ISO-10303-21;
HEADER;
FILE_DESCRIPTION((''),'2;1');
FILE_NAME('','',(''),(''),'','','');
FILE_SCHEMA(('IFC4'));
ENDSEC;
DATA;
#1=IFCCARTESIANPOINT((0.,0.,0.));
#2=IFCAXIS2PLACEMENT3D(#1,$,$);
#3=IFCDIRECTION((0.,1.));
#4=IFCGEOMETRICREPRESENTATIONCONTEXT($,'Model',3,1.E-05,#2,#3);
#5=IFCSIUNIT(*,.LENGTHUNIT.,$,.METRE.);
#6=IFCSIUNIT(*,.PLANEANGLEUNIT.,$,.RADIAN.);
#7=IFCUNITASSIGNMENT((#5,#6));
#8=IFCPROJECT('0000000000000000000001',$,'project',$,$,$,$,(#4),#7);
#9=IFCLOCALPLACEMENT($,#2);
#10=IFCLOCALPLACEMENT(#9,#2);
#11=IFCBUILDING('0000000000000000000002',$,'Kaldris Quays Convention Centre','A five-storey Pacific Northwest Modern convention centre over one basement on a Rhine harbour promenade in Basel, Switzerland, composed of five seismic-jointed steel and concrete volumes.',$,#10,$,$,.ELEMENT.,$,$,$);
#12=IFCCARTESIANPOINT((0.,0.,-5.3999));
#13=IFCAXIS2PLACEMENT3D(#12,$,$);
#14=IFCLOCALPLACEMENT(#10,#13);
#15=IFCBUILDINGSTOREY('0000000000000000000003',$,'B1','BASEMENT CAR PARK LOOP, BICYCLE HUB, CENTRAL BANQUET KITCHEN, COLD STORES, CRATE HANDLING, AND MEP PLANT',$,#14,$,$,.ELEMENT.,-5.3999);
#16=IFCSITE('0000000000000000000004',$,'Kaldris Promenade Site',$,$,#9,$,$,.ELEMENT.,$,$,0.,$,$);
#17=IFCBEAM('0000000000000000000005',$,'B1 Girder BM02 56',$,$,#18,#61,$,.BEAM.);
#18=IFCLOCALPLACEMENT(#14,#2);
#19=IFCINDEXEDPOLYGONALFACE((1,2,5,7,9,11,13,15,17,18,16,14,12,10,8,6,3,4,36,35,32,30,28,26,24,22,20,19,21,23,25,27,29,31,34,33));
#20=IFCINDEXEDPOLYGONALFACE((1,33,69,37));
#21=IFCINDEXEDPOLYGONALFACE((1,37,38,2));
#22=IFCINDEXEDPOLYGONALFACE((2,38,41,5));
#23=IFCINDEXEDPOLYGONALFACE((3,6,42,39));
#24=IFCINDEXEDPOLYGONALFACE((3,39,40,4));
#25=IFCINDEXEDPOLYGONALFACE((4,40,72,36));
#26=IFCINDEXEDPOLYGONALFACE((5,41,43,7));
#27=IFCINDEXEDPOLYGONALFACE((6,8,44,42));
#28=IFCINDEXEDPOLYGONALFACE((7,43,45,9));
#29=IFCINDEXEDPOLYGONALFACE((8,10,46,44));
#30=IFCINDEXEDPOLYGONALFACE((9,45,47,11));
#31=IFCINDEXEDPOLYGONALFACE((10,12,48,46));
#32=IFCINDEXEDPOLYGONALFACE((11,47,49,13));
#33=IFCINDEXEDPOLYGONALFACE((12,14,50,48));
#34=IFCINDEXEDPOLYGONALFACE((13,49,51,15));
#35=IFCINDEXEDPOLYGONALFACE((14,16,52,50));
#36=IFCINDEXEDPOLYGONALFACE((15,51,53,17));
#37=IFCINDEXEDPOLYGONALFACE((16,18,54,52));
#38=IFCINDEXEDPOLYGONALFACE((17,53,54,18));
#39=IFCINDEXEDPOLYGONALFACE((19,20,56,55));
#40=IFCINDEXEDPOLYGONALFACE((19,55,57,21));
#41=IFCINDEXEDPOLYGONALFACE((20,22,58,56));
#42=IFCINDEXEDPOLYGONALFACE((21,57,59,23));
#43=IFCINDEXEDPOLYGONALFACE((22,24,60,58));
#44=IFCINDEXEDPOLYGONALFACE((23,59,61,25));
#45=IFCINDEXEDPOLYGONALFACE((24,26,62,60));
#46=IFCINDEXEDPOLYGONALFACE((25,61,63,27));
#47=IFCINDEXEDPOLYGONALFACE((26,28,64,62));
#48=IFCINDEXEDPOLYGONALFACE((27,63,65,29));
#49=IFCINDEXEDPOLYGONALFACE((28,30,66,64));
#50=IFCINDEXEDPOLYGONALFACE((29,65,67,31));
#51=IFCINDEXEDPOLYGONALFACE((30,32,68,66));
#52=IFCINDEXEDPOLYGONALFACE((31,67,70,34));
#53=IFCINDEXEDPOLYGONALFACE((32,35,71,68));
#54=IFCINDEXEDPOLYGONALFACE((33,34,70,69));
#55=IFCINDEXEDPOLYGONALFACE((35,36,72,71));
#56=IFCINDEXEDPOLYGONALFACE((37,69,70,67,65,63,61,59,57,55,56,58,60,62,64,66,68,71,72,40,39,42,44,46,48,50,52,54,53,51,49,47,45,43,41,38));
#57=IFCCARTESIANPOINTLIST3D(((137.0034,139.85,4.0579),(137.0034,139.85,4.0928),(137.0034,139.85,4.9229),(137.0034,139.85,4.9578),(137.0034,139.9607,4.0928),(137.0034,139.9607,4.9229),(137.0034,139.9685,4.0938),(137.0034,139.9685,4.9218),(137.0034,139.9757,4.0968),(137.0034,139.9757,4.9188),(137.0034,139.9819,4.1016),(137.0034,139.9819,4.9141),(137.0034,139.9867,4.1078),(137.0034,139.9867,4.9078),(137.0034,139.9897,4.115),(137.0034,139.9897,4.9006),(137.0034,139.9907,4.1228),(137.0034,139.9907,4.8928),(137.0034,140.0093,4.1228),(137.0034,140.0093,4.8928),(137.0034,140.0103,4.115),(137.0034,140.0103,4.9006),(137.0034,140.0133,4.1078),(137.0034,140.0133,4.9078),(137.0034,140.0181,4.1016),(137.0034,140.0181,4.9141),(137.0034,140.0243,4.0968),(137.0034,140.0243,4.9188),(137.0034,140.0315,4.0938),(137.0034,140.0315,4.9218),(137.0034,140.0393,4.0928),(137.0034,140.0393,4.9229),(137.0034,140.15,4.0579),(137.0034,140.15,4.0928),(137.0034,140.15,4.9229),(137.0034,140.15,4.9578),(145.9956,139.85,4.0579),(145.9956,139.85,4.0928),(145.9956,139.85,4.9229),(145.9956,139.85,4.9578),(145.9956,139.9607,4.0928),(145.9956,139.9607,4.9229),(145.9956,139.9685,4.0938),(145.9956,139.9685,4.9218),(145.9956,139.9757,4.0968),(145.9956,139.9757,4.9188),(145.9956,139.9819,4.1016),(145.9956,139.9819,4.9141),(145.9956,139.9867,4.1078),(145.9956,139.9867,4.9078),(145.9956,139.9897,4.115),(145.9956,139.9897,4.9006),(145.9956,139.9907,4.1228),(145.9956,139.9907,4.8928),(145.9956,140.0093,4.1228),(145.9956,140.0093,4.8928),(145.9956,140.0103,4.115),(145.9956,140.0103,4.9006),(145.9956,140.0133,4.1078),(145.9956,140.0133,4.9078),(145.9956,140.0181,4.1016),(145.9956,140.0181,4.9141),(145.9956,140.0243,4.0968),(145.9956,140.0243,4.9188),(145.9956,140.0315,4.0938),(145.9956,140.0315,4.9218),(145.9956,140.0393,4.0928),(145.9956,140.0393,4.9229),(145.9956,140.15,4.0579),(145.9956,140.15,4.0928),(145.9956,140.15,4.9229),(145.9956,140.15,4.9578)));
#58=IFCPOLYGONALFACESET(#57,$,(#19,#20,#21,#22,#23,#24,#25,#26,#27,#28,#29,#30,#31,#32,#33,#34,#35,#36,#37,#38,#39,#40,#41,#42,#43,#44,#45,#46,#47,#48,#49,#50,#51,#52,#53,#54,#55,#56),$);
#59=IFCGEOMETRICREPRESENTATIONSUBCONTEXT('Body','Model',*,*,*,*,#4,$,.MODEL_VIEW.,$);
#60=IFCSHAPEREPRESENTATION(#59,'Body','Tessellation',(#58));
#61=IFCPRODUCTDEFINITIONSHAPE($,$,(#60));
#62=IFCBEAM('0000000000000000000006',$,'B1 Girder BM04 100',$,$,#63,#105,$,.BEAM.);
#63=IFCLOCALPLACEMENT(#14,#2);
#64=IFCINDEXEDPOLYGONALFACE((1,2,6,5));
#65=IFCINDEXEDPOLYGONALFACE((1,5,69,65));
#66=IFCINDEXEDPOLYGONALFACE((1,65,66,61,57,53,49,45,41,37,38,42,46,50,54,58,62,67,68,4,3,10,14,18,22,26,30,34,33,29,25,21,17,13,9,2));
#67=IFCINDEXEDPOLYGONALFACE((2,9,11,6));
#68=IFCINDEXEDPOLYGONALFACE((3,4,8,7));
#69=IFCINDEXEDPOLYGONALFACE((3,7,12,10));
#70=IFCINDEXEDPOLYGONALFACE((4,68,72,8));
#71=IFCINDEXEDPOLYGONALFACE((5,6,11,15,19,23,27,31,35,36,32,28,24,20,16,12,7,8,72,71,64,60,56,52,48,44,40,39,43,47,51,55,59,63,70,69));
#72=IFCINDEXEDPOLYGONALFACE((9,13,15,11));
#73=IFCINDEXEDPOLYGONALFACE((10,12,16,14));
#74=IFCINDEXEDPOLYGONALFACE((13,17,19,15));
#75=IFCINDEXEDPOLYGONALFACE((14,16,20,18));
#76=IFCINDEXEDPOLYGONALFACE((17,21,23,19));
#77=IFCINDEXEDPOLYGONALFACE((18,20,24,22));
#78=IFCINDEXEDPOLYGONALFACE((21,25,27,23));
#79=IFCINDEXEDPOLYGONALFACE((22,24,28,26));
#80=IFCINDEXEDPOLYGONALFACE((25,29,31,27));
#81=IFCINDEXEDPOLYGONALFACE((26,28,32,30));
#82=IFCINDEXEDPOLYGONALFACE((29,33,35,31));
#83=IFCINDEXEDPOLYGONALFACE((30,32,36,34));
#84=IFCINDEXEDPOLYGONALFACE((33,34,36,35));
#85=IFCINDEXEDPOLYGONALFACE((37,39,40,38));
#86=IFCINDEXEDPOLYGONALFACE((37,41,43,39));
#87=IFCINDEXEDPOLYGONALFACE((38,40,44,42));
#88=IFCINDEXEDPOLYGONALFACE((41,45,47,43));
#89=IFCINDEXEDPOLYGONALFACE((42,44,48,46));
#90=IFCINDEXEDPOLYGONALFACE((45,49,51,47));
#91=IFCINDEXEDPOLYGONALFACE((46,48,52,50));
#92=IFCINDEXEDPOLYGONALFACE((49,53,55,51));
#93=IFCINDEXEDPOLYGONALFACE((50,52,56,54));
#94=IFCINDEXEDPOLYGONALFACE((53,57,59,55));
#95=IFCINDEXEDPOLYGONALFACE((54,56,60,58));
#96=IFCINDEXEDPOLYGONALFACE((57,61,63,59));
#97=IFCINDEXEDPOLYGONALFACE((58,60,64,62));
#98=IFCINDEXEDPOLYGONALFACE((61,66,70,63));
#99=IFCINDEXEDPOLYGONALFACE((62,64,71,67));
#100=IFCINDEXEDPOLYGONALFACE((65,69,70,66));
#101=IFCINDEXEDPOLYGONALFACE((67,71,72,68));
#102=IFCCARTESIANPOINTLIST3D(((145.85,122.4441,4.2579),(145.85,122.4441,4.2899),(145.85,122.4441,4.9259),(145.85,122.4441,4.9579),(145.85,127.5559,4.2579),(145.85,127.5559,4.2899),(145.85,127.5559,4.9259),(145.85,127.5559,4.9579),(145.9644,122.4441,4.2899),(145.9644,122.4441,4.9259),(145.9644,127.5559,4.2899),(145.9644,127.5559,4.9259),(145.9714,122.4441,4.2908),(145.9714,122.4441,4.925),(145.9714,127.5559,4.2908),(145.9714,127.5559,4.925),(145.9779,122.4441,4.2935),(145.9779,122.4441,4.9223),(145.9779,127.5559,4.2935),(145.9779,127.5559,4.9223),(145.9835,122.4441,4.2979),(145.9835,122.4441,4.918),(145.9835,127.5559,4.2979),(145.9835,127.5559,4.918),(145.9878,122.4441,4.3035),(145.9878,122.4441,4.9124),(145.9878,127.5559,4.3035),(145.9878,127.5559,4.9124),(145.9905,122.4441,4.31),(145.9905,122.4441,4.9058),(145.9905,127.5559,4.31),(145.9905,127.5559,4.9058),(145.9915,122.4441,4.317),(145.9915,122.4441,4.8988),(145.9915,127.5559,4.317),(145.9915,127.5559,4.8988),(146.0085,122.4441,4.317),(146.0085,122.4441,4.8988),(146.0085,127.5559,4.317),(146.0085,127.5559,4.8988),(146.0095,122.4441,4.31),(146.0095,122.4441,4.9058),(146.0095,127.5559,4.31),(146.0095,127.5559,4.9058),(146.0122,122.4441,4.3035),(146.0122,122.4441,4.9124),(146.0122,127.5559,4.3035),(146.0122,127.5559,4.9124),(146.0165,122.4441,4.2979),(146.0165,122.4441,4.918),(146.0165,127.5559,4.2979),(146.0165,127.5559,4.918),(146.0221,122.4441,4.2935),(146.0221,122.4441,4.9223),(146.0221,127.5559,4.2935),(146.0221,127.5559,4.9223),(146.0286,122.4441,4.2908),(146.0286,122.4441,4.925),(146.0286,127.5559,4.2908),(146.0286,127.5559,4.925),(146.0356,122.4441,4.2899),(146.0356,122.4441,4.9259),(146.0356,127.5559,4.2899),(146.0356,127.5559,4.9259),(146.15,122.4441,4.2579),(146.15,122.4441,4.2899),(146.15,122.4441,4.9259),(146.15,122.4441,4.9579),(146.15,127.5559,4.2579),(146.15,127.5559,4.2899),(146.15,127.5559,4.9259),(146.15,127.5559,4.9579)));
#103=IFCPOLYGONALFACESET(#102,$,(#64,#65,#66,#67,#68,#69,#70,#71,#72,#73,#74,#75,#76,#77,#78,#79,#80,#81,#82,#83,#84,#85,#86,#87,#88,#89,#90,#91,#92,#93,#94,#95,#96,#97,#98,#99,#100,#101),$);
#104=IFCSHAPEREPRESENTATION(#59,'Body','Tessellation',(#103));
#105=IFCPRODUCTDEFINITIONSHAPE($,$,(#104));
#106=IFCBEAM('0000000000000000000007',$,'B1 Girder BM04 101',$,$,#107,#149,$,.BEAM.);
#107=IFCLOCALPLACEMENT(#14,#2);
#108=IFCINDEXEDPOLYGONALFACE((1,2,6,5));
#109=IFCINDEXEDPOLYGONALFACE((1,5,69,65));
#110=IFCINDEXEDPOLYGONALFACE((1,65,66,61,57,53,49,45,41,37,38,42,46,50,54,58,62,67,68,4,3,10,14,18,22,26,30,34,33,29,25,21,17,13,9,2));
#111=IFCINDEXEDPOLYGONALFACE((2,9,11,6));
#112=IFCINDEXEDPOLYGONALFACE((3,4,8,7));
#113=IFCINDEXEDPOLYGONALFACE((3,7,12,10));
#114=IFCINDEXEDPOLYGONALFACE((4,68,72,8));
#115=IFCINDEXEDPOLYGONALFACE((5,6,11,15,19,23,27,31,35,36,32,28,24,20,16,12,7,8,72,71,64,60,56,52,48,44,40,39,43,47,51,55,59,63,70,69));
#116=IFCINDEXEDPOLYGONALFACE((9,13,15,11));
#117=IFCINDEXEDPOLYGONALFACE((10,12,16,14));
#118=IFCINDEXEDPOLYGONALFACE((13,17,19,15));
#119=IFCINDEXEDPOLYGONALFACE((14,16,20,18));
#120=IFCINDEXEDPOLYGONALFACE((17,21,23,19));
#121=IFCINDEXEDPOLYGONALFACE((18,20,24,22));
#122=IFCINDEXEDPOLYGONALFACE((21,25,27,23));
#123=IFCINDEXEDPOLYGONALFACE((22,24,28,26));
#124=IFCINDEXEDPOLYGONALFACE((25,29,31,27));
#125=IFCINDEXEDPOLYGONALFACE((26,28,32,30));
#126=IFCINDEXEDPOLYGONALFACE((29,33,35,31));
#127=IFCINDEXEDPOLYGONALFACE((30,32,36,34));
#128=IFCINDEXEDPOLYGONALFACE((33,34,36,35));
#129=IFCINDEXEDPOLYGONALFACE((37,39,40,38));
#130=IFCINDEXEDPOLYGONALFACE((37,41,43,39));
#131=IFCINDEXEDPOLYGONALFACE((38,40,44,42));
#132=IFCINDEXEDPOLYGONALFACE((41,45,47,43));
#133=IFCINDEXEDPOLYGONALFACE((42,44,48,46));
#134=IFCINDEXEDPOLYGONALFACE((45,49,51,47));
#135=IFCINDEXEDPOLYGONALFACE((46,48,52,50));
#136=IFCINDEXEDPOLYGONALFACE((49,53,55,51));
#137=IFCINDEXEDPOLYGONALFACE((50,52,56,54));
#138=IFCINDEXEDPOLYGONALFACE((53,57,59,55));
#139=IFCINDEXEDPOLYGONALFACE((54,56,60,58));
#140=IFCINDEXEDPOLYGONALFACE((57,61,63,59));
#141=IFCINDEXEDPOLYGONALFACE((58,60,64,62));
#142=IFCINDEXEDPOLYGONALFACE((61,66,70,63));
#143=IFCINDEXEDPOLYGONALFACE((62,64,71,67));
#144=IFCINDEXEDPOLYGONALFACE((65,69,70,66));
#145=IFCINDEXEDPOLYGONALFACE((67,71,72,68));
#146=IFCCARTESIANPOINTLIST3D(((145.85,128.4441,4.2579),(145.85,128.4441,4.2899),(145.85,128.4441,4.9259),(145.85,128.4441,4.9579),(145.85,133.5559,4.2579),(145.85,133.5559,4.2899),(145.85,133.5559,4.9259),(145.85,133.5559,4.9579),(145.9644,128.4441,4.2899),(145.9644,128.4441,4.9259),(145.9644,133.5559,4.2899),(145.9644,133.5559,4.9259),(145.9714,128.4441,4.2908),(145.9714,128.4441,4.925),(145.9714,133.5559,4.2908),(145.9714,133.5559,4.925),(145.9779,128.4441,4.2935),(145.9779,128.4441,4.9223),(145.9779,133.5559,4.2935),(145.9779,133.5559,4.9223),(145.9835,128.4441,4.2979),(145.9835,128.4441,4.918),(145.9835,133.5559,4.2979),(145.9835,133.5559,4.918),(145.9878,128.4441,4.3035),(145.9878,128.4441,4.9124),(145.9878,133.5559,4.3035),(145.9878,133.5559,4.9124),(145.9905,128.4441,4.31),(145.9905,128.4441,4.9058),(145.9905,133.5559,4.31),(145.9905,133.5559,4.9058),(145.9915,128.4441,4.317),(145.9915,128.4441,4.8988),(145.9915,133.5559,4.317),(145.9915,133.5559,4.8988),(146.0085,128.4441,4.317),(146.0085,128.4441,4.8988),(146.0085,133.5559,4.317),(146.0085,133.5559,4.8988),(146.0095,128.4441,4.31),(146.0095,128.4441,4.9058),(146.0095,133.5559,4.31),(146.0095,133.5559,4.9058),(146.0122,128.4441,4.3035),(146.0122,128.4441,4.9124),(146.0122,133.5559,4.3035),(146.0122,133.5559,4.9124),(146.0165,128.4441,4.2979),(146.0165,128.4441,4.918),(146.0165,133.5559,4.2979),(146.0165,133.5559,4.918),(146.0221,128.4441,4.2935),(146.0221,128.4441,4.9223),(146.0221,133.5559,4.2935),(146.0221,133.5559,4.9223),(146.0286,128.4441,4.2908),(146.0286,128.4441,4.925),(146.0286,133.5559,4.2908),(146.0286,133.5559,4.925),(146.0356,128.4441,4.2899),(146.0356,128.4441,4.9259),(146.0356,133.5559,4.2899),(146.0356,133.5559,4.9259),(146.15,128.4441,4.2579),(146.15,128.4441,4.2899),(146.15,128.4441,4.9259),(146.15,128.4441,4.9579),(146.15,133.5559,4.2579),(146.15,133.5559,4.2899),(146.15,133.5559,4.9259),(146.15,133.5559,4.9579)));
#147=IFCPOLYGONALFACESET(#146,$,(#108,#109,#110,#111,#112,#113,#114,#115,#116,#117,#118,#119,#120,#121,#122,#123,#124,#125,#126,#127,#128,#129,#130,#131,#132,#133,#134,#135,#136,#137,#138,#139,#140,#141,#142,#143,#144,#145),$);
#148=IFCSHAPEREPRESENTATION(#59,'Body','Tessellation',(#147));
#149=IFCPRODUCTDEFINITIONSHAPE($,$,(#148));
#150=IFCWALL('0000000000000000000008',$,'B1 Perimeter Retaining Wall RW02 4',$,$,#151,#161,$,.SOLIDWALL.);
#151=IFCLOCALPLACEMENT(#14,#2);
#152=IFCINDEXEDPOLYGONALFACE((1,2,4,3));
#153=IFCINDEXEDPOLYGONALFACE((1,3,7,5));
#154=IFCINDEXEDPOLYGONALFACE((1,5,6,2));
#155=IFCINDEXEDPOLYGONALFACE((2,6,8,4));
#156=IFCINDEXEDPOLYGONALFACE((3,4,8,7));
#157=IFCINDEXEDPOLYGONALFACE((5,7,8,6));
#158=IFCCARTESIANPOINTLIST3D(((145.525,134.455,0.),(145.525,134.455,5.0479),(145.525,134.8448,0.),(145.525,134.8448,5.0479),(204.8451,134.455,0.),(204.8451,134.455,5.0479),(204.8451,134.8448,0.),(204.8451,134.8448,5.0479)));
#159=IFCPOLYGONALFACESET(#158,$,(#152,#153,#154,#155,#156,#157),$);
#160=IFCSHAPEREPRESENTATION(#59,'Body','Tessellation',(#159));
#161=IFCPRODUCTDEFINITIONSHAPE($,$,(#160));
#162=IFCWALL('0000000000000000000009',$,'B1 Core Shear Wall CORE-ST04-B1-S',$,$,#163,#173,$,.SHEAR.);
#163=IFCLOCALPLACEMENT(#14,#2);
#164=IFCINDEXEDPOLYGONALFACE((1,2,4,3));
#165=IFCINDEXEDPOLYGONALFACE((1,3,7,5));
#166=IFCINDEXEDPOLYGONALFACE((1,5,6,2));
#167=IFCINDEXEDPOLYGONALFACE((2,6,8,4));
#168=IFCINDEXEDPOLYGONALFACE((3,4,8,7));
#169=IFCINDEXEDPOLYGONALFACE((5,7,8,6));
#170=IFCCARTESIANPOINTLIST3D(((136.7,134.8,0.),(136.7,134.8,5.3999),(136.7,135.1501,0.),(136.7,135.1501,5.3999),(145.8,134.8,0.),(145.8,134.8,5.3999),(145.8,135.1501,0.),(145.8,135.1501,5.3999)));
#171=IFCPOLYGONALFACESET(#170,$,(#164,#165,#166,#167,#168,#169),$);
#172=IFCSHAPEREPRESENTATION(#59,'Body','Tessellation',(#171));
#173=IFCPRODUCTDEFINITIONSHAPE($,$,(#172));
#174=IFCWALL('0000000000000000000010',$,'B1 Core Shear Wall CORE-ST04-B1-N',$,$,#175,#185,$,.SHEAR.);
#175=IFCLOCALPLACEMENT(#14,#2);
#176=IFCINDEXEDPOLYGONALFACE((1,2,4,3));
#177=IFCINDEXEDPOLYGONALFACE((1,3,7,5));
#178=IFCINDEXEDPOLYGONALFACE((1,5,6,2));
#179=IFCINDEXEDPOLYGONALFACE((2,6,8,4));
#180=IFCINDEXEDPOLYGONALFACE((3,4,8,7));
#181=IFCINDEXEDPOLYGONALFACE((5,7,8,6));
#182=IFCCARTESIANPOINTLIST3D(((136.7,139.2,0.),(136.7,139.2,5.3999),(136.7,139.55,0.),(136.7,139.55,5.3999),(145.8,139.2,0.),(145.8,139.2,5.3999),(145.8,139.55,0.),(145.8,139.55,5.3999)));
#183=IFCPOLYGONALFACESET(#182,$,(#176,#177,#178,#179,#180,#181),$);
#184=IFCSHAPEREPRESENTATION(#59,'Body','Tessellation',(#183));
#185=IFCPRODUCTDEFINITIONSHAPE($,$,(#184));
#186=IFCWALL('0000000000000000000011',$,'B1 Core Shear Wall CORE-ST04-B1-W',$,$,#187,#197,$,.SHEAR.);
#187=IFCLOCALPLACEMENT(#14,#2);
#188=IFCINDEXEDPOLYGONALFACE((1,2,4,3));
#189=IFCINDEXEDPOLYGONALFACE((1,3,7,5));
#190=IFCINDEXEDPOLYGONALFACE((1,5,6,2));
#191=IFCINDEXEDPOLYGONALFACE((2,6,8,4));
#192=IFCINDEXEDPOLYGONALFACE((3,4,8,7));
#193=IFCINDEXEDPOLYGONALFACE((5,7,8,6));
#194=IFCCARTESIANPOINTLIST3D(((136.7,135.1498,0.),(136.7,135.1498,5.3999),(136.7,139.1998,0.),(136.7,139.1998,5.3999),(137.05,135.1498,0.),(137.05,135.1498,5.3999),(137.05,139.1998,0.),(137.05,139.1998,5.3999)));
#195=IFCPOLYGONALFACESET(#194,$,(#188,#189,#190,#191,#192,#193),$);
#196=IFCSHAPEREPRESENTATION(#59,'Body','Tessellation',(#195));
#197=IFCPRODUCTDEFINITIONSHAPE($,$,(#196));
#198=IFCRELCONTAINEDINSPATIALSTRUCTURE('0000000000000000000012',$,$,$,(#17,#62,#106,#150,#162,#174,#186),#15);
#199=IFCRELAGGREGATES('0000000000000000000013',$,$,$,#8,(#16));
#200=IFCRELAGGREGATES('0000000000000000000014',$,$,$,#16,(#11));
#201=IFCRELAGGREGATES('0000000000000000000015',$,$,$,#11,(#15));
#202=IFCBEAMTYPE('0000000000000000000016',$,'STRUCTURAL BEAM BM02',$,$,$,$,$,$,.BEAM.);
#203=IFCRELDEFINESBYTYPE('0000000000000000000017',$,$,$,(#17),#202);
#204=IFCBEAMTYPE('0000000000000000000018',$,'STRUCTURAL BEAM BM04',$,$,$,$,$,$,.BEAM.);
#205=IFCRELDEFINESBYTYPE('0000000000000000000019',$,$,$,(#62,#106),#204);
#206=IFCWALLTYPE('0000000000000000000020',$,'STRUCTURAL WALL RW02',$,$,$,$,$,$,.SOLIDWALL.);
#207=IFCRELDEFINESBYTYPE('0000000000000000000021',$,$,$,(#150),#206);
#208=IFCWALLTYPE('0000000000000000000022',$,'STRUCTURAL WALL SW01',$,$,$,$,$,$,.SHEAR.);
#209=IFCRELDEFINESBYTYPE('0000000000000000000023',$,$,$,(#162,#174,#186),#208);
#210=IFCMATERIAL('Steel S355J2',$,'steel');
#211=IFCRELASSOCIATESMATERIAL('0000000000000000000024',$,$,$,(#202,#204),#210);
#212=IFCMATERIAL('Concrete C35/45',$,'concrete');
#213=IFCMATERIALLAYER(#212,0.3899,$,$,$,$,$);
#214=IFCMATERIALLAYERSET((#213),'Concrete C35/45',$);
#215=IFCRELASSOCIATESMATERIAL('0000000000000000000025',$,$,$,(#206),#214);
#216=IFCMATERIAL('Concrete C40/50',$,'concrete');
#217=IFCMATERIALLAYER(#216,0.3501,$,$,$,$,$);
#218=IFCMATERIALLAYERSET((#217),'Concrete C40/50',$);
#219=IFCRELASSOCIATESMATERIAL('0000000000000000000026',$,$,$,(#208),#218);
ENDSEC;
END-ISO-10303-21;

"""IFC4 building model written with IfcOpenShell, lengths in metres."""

from ifc_helpers import new_model, si_unit, direction, frame, frame_2d, origin, origin_2d, place, context, subcontext, project, spatial, rectangle, i_section, extrude, material, layer, layer_set, material_profile, profile_set, type_object, element, save


model = new_model("IFC4")

# Units and contexts
model_context = context("Model", 3, precision=1e-05, world=origin(), true_north=direction((0.0, 1.0)))
body_context = subcontext(model_context, "Body", "Model", "MODEL_VIEW")
ifc_project = project(units=[si_unit("LENGTHUNIT", "METRE"), si_unit("PLANEANGLEUNIT", "RADIAN")], contexts=[model_context])

# Site, building, storey
site_placement = place(None, origin())
site = spatial("IfcSite", under=ifc_project, at=site_placement, Name="Kaldris Promenade Site", CompositionType="ELEMENT", RefElevation=0.0)
building_placement = place(site_placement, origin())
building = spatial("IfcBuilding", under=site, at=building_placement, Name="Kaldris Quays Convention Centre", Description="A five-storey Pacific Northwest Modern convention centre over one basement on a Rhine harbour promenade in Basel, Switzerland, composed of five seismic-jointed steel and concrete volumes.", CompositionType="ELEMENT")
storey_placement = place(building_placement, frame((0.0, 0.0, -5.3999)))
storey = spatial("IfcBuildingStorey", under=building, at=storey_placement, Name="B1", Description="BASEMENT CAR PARK LOOP, BICYCLE HUB, CENTRAL BANQUET KITCHEN, COLD STORES, CRATE HANDLING, AND MEP PLANT", CompositionType="ELEMENT", Elevation=-5.3999)

# Shared definitions
ifc_material_1 = material(Name="Concrete C35/45", Category="concrete")

# Shared definitions
ifc_material_2 = material(Name="Steel S355J2", Category="steel")

# Beams
ifc_material_profile_1 = material_profile(ifc_material_2, i_section(OverallWidth=0.3, OverallDepth=0.8999, WebThickness=0.0186, FlangeThickness=0.0349, FilletRadius=0.03, at=origin_2d()), Name="HEB 900")
ifc_profile_set_1 = profile_set([ifc_material_profile_1], Name="Steel S355J2")
beam_type_1 = type_object("IfcBeamType", Name="STRUCTURAL BEAM BM02", PredefinedType="BEAM", material=ifc_profile_set_1)
beam_placement = place(storey_placement, frame((137.0034, 140.0, 4.5078), z_axis=(1.0, 0.0, 0.0), x_axis=(0.0, 1.0, 0.0)))
element("IfcBeam", 1, at=beam_placement, inside=storey, type_object=beam_type_1, Name="B1 Girder BM02 56", PredefinedType="BEAM", context=body_context, shape_type="SweptSolid", body=[
    extrude(i_section(OverallWidth=0.3, OverallDepth=0.8999, WebThickness=0.0186, FlangeThickness=0.0349, FilletRadius=0.03, at=origin_2d()), origin(), (0.0, 0.0, 1.0), 8.9922),
])
ifc_material_profile_2 = material_profile(ifc_material_2, i_section(OverallWidth=0.3, OverallDepth=0.7, WebThickness=0.0171, FlangeThickness=0.032, FilletRadius=0.0271, at=origin_2d()), Name="HEB 700")
ifc_profile_set_2 = profile_set([ifc_material_profile_2], Name="Steel S355J2")
beam_type_2 = type_object("IfcBeamType", Name="STRUCTURAL BEAM BM04", PredefinedType="BEAM", material=ifc_profile_set_2)
for number, where, z_axis, x_axis, name in (
    (2, (146.0, 122.4441, 4.6079), (0.0, 1.0, 0.0), (-1.0, 0.0, 0.0), "B1 Girder BM04 100"),
    (3, (146.0, 128.4441, 4.6079), (0.0, 1.0, 0.0), (-1.0, 0.0, 0.0), "B1 Girder BM04 101"),
):
    element("IfcBeam", number, at=place(storey_placement, frame(where, z_axis=z_axis, x_axis=x_axis)), inside=storey, type_object=beam_type_2, Name=name, PredefinedType="BEAM", context=body_context, shape_type="SweptSolid", body=[
        extrude(i_section(OverallWidth=0.3, OverallDepth=0.7, WebThickness=0.0171, FlangeThickness=0.032, FilletRadius=0.0271, at=origin_2d()), origin(), (0.0, 0.0, 1.0), 5.1118),
    ])

# Walls
ifc_layer_1 = layer(ifc_material_1, 0.3899)
ifc_layer_set_1 = layer_set([ifc_layer_1], Name="Concrete C35/45")
wall_type_1 = type_object("IfcWallType", Name="STRUCTURAL WALL RW02", PredefinedType="SOLIDWALL", material=ifc_layer_set_1)
wall_placement = place(storey_placement, frame((145.5249, 134.6499, 0.0), z_axis=(0.0, 0.0, 1.0), x_axis=(1.0, 0.0, 0.0)))
element("IfcWall", 4, at=wall_placement, inside=storey, type_object=wall_type_1, Name="B1 Perimeter Retaining Wall RW02 4", PredefinedType="SOLIDWALL", context=body_context, shape_type="SweptSolid", body=[
    extrude(rectangle(XDim=59.3201, YDim=0.3899, at=frame_2d((29.6602, 0.0))), origin(), (0.0, 0.0, 1.0), 5.0479),
])
ifc_material_3 = material(Name="Concrete C40/50", Category="concrete")
ifc_layer_2 = layer(ifc_material_3, 0.3501)
ifc_layer_set_2 = layer_set([ifc_layer_2], Name="Concrete C40/50")
wall_type_2 = type_object("IfcWallType", Name="STRUCTURAL WALL SW01", PredefinedType="SHEAR", material=ifc_layer_set_2)
for number, where, z_axis, x_axis, name in (
    (5, (136.7, 134.9751, 0.0), (0.0, 0.0, 1.0), (1.0, 0.0, 0.0), "B1 Core Shear Wall CORE-ST04-B1-S"),
    (6, (136.7, 139.375, 0.0), (0.0, 0.0, 1.0), (1.0, 0.0, 0.0), "B1 Core Shear Wall CORE-ST04-B1-N"),
):
    element("IfcWall", number, at=place(storey_placement, frame(where, z_axis=z_axis, x_axis=x_axis)), inside=storey, type_object=wall_type_2, Name=name, PredefinedType="SHEAR", context=body_context, shape_type="SweptSolid", body=[
        extrude(rectangle(XDim=9.1001, YDim=0.3501, at=frame_2d((4.55, 0.0))), origin(), (0.0, 0.0, 1.0), 5.3999),
    ])
for number, where, z_axis, x_axis, name in (
    (7, (136.875, 135.1499, 0.0), (0.0, 0.0, 1.0), (0.0, 1.0, 0.0), "B1 Core Shear Wall CORE-ST04-B1-W"),
):
    element("IfcWall", number, at=place(storey_placement, frame(where, z_axis=z_axis, x_axis=x_axis)), inside=storey, type_object=wall_type_2, Name=name, PredefinedType="SHEAR", context=body_context, shape_type="SweptSolid", body=[
        extrude(rectangle(XDim=4.05, YDim=0.3501, at=frame_2d((2.0249, 0.0))), origin(), (0.0, 0.0, 1.0), 5.3999),
    ])

save(model, "model.ifc")
